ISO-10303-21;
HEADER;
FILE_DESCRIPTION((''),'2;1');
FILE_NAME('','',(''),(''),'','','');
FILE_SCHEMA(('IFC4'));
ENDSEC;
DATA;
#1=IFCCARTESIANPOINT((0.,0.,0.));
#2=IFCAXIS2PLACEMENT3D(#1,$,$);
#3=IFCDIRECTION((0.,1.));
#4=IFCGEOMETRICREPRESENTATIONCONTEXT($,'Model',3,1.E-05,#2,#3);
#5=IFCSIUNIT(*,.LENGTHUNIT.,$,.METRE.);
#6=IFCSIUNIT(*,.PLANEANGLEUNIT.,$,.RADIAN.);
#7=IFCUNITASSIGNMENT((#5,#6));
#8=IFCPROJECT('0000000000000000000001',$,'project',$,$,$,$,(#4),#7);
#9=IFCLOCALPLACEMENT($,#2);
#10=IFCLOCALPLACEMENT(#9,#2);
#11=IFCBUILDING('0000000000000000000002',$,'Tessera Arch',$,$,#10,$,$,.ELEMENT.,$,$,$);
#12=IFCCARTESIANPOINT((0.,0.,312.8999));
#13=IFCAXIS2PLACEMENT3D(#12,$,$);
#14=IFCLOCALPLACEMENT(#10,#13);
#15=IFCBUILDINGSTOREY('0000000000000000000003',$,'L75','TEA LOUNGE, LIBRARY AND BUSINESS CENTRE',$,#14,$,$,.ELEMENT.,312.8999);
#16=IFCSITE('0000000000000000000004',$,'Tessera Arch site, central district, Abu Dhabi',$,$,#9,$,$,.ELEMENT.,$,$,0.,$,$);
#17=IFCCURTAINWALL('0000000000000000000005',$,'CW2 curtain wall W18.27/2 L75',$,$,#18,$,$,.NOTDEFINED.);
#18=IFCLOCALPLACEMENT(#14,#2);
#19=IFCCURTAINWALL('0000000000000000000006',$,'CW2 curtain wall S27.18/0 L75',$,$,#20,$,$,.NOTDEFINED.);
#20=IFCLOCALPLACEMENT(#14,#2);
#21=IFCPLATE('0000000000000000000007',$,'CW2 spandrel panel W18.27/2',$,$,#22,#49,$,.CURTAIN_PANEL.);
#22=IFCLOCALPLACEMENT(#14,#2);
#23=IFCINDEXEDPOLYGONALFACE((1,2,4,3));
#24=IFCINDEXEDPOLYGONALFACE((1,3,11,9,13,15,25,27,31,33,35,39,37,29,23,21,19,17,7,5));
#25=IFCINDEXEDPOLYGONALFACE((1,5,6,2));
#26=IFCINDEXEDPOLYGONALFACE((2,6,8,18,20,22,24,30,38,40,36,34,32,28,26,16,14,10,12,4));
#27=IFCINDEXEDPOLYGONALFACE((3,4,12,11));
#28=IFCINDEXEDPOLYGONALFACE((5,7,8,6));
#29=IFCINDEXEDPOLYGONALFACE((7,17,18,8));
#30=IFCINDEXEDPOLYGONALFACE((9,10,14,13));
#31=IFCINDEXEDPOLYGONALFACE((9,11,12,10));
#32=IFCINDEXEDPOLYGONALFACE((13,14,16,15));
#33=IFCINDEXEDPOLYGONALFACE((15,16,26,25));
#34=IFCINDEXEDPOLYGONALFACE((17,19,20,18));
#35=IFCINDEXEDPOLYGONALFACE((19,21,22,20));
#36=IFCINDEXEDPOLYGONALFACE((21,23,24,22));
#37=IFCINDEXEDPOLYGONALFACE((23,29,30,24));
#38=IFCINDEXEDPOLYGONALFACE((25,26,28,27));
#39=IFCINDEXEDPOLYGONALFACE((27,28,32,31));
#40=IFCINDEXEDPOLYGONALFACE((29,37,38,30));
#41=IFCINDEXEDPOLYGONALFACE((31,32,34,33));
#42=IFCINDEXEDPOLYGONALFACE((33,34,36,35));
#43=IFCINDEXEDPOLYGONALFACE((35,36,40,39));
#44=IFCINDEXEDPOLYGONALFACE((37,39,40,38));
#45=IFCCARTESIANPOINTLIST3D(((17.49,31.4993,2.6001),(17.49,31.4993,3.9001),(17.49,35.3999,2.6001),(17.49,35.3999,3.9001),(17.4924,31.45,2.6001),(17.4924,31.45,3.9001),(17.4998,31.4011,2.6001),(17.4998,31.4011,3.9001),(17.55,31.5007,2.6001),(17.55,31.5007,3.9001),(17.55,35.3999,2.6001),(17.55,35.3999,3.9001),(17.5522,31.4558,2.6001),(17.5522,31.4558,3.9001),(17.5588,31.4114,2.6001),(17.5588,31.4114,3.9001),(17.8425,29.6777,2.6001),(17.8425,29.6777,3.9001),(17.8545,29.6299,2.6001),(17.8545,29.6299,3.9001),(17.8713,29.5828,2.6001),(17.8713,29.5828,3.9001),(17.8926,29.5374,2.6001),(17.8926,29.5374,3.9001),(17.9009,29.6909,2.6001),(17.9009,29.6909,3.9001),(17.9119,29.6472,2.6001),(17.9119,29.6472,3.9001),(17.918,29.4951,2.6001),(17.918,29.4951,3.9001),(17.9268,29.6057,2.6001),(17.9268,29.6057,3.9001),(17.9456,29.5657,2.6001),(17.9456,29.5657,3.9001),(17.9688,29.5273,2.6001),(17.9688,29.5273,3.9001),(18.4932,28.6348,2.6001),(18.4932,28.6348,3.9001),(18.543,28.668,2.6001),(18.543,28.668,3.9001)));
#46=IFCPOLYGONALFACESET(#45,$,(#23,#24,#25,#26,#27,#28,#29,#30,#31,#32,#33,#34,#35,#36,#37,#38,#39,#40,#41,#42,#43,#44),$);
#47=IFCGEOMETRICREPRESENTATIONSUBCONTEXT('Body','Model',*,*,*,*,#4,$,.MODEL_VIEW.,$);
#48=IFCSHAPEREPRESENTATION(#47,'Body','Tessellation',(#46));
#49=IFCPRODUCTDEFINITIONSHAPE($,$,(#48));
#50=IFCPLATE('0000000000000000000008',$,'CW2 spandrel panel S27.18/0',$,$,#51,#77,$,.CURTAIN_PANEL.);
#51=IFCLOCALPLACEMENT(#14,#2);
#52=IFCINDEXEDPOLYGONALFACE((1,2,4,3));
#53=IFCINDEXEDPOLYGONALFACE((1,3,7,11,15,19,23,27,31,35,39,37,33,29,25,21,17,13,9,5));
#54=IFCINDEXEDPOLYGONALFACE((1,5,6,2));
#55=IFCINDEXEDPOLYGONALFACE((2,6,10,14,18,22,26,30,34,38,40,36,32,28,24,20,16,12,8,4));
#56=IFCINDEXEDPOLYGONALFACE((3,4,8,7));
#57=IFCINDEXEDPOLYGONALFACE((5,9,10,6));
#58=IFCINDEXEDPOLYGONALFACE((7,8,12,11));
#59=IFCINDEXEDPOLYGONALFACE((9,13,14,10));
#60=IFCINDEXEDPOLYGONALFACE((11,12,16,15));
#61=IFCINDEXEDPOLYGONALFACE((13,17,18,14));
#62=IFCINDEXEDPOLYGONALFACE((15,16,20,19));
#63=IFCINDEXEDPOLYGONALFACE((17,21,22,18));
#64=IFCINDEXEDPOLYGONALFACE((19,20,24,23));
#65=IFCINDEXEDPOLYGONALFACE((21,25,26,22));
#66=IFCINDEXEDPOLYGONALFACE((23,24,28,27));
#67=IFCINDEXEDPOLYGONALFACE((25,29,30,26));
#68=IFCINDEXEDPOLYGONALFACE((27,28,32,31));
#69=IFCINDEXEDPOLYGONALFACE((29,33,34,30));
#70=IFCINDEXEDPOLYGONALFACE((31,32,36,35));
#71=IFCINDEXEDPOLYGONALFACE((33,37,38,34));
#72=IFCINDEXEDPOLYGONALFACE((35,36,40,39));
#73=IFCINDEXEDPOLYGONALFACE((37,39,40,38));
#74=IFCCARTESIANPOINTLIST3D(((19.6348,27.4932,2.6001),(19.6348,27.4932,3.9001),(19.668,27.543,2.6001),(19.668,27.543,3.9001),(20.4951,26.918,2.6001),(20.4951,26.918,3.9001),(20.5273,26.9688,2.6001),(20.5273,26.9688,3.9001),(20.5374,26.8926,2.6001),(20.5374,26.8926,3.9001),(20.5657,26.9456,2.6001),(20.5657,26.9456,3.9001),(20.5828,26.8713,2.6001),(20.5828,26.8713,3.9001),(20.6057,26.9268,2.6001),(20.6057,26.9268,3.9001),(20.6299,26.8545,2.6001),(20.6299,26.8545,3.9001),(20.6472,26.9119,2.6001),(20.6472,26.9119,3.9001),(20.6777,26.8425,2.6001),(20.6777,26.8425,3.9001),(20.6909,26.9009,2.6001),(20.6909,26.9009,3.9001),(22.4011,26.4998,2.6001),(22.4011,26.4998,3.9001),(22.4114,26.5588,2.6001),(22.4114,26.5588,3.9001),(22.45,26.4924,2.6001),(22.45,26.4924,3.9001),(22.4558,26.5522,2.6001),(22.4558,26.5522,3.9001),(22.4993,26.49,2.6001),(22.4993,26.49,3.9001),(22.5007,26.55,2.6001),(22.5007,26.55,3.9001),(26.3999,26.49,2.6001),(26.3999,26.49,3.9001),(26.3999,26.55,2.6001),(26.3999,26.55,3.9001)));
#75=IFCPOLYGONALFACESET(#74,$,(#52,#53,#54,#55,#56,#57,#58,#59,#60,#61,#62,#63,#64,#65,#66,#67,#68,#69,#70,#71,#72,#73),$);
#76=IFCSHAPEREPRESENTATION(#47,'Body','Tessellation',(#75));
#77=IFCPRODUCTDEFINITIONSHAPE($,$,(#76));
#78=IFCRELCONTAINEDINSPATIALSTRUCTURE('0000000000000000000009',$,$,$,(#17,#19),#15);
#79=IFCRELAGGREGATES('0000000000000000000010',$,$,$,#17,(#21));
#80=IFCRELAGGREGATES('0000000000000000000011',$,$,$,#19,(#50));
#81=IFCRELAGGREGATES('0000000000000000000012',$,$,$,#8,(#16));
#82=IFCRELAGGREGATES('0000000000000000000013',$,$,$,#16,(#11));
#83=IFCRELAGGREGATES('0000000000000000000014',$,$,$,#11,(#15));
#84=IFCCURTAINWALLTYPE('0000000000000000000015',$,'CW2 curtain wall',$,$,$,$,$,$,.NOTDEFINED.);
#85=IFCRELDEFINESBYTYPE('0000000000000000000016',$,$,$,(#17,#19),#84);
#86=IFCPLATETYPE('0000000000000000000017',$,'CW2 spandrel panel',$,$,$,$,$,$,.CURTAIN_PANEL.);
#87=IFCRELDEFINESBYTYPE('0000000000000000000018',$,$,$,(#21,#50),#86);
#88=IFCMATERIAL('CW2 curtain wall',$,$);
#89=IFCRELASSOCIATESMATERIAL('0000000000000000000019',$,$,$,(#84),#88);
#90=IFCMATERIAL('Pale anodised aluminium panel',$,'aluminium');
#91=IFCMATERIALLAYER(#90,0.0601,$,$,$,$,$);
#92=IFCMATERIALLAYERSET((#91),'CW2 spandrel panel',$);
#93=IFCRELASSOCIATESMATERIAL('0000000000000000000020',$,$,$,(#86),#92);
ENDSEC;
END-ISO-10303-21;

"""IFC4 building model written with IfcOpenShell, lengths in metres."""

from ifc_helpers import new_model, si_unit, direction, frame, origin, place, context, subcontext, project, spatial, polyline, outline, extrude, material, layer, layer_set, type_object, element, aggregate, save


model = new_model("IFC4")

# Units and contexts
model_context = context("Model", 3, precision=1e-05, world=origin(), true_north=direction((0.0, 1.0)))
body_context = subcontext(model_context, "Body", "Model", "MODEL_VIEW")
ifc_project = project(units=[si_unit("LENGTHUNIT", "METRE"), si_unit("PLANEANGLEUNIT", "RADIAN")], contexts=[model_context])

# Site, building, storey
site_placement = place(None, origin())
site = spatial("IfcSite", under=ifc_project, at=site_placement, Name="Tessera Arch site, central district, Abu Dhabi", CompositionType="ELEMENT", RefElevation=0.0)
building_placement = place(site_placement, origin())
building = spatial("IfcBuilding", under=site, at=building_placement, Name="Tessera Arch", CompositionType="ELEMENT")
storey_placement = place(building_placement, frame((0.0, 0.0, 312.8999)))
storey = spatial("IfcBuildingStorey", under=building, at=storey_placement, Name="L75", Description="TEA LOUNGE, LIBRARY AND BUSINESS CENTRE", CompositionType="ELEMENT", Elevation=312.8999)

# Curtain walls
ifc_material_1 = material(Name="CW2 curtain wall")
curtain_wall_type = type_object("IfcCurtainWallType", Name="CW2 curtain wall", PredefinedType="NOTDEFINED", material=ifc_material_1)
curtain_wall_1_placement = place(storey_placement, origin())
curtain_wall_1 = element("IfcCurtainWall", 1, at=curtain_wall_1_placement, inside=storey, type_object=curtain_wall_type, Name="CW2 curtain wall W18.27/2 L75", PredefinedType="NOTDEFINED")
curtain_wall_2_placement = place(storey_placement, origin())
curtain_wall_2 = element("IfcCurtainWall", 2, at=curtain_wall_2_placement, inside=storey, type_object=curtain_wall_type, Name="CW2 curtain wall S27.18/0 L75", PredefinedType="NOTDEFINED")

# Plates
ifc_material_2 = material(Name="Pale anodised aluminium panel", Category="aluminium")
ifc_layer_1 = layer(ifc_material_2, 0.0601)
ifc_layer_set_1 = layer_set([ifc_layer_1], Name="CW2 spandrel panel")
plate_type_1 = type_object("IfcPlateType", Name="CW2 spandrel panel", PredefinedType="CURTAIN_PANEL", material=ifc_layer_set_1)
plate_1_placement = place(storey_placement, frame((0.0, 0.0, 2.6001)))
plate_1 = element("IfcPlate", 3, at=plate_1_placement, type_object=plate_type_1, Name="CW2 spandrel panel W18.27/2", PredefinedType="CURTAIN_PANEL", context=body_context, shape_type="SweptSolid", body=[
    extrude(outline(polyline([(17.55, 31.5007), (17.55, 35.3999), (17.49, 35.3999), (17.49, 31.4993), (17.4924, 31.45), (17.4998, 31.4011), (17.8425, 29.6777), (17.8545, 29.6299), (17.8713, 29.5828), (17.8926, 29.5374), (17.918, 29.4951), (18.4932, 28.6348), (18.543, 28.668), (17.9688, 29.5273), (17.9456, 29.5657), (17.9268, 29.6057), (17.9119, 29.6472), (17.9009, 29.6909), (17.5588, 31.4114), (17.5522, 31.4558), (17.55, 31.5007)])), origin(), (0.0, 0.0, 1.0), 1.3),
])
aggregate(curtain_wall_1, [plate_1])
plate_2_placement = place(storey_placement, frame((0.0, 0.0, 2.6001)))
plate_2 = element("IfcPlate", 4, at=plate_2_placement, type_object=plate_type_1, Name="CW2 spandrel panel S27.18/0", PredefinedType="CURTAIN_PANEL", context=body_context, shape_type="SweptSolid", body=[
    extrude(outline(polyline([(20.5273, 26.9688), (19.668, 27.543), (19.6348, 27.4932), (20.4951, 26.918), (20.5374, 26.8926), (20.5828, 26.8713), (20.6299, 26.8545), (20.6777, 26.8425), (22.4011, 26.4998), (22.45, 26.4924), (22.4993, 26.49), (26.3999, 26.49), (26.3999, 26.55), (22.5007, 26.55), (22.4558, 26.5522), (22.4114, 26.5588), (20.6909, 26.9009), (20.6472, 26.9119), (20.6057, 26.9268), (20.5657, 26.9456), (20.5273, 26.9688)])), origin(), (0.0, 0.0, 1.0), 1.3),
])
aggregate(curtain_wall_2, [plate_2])

save(model, "model.ifc")
